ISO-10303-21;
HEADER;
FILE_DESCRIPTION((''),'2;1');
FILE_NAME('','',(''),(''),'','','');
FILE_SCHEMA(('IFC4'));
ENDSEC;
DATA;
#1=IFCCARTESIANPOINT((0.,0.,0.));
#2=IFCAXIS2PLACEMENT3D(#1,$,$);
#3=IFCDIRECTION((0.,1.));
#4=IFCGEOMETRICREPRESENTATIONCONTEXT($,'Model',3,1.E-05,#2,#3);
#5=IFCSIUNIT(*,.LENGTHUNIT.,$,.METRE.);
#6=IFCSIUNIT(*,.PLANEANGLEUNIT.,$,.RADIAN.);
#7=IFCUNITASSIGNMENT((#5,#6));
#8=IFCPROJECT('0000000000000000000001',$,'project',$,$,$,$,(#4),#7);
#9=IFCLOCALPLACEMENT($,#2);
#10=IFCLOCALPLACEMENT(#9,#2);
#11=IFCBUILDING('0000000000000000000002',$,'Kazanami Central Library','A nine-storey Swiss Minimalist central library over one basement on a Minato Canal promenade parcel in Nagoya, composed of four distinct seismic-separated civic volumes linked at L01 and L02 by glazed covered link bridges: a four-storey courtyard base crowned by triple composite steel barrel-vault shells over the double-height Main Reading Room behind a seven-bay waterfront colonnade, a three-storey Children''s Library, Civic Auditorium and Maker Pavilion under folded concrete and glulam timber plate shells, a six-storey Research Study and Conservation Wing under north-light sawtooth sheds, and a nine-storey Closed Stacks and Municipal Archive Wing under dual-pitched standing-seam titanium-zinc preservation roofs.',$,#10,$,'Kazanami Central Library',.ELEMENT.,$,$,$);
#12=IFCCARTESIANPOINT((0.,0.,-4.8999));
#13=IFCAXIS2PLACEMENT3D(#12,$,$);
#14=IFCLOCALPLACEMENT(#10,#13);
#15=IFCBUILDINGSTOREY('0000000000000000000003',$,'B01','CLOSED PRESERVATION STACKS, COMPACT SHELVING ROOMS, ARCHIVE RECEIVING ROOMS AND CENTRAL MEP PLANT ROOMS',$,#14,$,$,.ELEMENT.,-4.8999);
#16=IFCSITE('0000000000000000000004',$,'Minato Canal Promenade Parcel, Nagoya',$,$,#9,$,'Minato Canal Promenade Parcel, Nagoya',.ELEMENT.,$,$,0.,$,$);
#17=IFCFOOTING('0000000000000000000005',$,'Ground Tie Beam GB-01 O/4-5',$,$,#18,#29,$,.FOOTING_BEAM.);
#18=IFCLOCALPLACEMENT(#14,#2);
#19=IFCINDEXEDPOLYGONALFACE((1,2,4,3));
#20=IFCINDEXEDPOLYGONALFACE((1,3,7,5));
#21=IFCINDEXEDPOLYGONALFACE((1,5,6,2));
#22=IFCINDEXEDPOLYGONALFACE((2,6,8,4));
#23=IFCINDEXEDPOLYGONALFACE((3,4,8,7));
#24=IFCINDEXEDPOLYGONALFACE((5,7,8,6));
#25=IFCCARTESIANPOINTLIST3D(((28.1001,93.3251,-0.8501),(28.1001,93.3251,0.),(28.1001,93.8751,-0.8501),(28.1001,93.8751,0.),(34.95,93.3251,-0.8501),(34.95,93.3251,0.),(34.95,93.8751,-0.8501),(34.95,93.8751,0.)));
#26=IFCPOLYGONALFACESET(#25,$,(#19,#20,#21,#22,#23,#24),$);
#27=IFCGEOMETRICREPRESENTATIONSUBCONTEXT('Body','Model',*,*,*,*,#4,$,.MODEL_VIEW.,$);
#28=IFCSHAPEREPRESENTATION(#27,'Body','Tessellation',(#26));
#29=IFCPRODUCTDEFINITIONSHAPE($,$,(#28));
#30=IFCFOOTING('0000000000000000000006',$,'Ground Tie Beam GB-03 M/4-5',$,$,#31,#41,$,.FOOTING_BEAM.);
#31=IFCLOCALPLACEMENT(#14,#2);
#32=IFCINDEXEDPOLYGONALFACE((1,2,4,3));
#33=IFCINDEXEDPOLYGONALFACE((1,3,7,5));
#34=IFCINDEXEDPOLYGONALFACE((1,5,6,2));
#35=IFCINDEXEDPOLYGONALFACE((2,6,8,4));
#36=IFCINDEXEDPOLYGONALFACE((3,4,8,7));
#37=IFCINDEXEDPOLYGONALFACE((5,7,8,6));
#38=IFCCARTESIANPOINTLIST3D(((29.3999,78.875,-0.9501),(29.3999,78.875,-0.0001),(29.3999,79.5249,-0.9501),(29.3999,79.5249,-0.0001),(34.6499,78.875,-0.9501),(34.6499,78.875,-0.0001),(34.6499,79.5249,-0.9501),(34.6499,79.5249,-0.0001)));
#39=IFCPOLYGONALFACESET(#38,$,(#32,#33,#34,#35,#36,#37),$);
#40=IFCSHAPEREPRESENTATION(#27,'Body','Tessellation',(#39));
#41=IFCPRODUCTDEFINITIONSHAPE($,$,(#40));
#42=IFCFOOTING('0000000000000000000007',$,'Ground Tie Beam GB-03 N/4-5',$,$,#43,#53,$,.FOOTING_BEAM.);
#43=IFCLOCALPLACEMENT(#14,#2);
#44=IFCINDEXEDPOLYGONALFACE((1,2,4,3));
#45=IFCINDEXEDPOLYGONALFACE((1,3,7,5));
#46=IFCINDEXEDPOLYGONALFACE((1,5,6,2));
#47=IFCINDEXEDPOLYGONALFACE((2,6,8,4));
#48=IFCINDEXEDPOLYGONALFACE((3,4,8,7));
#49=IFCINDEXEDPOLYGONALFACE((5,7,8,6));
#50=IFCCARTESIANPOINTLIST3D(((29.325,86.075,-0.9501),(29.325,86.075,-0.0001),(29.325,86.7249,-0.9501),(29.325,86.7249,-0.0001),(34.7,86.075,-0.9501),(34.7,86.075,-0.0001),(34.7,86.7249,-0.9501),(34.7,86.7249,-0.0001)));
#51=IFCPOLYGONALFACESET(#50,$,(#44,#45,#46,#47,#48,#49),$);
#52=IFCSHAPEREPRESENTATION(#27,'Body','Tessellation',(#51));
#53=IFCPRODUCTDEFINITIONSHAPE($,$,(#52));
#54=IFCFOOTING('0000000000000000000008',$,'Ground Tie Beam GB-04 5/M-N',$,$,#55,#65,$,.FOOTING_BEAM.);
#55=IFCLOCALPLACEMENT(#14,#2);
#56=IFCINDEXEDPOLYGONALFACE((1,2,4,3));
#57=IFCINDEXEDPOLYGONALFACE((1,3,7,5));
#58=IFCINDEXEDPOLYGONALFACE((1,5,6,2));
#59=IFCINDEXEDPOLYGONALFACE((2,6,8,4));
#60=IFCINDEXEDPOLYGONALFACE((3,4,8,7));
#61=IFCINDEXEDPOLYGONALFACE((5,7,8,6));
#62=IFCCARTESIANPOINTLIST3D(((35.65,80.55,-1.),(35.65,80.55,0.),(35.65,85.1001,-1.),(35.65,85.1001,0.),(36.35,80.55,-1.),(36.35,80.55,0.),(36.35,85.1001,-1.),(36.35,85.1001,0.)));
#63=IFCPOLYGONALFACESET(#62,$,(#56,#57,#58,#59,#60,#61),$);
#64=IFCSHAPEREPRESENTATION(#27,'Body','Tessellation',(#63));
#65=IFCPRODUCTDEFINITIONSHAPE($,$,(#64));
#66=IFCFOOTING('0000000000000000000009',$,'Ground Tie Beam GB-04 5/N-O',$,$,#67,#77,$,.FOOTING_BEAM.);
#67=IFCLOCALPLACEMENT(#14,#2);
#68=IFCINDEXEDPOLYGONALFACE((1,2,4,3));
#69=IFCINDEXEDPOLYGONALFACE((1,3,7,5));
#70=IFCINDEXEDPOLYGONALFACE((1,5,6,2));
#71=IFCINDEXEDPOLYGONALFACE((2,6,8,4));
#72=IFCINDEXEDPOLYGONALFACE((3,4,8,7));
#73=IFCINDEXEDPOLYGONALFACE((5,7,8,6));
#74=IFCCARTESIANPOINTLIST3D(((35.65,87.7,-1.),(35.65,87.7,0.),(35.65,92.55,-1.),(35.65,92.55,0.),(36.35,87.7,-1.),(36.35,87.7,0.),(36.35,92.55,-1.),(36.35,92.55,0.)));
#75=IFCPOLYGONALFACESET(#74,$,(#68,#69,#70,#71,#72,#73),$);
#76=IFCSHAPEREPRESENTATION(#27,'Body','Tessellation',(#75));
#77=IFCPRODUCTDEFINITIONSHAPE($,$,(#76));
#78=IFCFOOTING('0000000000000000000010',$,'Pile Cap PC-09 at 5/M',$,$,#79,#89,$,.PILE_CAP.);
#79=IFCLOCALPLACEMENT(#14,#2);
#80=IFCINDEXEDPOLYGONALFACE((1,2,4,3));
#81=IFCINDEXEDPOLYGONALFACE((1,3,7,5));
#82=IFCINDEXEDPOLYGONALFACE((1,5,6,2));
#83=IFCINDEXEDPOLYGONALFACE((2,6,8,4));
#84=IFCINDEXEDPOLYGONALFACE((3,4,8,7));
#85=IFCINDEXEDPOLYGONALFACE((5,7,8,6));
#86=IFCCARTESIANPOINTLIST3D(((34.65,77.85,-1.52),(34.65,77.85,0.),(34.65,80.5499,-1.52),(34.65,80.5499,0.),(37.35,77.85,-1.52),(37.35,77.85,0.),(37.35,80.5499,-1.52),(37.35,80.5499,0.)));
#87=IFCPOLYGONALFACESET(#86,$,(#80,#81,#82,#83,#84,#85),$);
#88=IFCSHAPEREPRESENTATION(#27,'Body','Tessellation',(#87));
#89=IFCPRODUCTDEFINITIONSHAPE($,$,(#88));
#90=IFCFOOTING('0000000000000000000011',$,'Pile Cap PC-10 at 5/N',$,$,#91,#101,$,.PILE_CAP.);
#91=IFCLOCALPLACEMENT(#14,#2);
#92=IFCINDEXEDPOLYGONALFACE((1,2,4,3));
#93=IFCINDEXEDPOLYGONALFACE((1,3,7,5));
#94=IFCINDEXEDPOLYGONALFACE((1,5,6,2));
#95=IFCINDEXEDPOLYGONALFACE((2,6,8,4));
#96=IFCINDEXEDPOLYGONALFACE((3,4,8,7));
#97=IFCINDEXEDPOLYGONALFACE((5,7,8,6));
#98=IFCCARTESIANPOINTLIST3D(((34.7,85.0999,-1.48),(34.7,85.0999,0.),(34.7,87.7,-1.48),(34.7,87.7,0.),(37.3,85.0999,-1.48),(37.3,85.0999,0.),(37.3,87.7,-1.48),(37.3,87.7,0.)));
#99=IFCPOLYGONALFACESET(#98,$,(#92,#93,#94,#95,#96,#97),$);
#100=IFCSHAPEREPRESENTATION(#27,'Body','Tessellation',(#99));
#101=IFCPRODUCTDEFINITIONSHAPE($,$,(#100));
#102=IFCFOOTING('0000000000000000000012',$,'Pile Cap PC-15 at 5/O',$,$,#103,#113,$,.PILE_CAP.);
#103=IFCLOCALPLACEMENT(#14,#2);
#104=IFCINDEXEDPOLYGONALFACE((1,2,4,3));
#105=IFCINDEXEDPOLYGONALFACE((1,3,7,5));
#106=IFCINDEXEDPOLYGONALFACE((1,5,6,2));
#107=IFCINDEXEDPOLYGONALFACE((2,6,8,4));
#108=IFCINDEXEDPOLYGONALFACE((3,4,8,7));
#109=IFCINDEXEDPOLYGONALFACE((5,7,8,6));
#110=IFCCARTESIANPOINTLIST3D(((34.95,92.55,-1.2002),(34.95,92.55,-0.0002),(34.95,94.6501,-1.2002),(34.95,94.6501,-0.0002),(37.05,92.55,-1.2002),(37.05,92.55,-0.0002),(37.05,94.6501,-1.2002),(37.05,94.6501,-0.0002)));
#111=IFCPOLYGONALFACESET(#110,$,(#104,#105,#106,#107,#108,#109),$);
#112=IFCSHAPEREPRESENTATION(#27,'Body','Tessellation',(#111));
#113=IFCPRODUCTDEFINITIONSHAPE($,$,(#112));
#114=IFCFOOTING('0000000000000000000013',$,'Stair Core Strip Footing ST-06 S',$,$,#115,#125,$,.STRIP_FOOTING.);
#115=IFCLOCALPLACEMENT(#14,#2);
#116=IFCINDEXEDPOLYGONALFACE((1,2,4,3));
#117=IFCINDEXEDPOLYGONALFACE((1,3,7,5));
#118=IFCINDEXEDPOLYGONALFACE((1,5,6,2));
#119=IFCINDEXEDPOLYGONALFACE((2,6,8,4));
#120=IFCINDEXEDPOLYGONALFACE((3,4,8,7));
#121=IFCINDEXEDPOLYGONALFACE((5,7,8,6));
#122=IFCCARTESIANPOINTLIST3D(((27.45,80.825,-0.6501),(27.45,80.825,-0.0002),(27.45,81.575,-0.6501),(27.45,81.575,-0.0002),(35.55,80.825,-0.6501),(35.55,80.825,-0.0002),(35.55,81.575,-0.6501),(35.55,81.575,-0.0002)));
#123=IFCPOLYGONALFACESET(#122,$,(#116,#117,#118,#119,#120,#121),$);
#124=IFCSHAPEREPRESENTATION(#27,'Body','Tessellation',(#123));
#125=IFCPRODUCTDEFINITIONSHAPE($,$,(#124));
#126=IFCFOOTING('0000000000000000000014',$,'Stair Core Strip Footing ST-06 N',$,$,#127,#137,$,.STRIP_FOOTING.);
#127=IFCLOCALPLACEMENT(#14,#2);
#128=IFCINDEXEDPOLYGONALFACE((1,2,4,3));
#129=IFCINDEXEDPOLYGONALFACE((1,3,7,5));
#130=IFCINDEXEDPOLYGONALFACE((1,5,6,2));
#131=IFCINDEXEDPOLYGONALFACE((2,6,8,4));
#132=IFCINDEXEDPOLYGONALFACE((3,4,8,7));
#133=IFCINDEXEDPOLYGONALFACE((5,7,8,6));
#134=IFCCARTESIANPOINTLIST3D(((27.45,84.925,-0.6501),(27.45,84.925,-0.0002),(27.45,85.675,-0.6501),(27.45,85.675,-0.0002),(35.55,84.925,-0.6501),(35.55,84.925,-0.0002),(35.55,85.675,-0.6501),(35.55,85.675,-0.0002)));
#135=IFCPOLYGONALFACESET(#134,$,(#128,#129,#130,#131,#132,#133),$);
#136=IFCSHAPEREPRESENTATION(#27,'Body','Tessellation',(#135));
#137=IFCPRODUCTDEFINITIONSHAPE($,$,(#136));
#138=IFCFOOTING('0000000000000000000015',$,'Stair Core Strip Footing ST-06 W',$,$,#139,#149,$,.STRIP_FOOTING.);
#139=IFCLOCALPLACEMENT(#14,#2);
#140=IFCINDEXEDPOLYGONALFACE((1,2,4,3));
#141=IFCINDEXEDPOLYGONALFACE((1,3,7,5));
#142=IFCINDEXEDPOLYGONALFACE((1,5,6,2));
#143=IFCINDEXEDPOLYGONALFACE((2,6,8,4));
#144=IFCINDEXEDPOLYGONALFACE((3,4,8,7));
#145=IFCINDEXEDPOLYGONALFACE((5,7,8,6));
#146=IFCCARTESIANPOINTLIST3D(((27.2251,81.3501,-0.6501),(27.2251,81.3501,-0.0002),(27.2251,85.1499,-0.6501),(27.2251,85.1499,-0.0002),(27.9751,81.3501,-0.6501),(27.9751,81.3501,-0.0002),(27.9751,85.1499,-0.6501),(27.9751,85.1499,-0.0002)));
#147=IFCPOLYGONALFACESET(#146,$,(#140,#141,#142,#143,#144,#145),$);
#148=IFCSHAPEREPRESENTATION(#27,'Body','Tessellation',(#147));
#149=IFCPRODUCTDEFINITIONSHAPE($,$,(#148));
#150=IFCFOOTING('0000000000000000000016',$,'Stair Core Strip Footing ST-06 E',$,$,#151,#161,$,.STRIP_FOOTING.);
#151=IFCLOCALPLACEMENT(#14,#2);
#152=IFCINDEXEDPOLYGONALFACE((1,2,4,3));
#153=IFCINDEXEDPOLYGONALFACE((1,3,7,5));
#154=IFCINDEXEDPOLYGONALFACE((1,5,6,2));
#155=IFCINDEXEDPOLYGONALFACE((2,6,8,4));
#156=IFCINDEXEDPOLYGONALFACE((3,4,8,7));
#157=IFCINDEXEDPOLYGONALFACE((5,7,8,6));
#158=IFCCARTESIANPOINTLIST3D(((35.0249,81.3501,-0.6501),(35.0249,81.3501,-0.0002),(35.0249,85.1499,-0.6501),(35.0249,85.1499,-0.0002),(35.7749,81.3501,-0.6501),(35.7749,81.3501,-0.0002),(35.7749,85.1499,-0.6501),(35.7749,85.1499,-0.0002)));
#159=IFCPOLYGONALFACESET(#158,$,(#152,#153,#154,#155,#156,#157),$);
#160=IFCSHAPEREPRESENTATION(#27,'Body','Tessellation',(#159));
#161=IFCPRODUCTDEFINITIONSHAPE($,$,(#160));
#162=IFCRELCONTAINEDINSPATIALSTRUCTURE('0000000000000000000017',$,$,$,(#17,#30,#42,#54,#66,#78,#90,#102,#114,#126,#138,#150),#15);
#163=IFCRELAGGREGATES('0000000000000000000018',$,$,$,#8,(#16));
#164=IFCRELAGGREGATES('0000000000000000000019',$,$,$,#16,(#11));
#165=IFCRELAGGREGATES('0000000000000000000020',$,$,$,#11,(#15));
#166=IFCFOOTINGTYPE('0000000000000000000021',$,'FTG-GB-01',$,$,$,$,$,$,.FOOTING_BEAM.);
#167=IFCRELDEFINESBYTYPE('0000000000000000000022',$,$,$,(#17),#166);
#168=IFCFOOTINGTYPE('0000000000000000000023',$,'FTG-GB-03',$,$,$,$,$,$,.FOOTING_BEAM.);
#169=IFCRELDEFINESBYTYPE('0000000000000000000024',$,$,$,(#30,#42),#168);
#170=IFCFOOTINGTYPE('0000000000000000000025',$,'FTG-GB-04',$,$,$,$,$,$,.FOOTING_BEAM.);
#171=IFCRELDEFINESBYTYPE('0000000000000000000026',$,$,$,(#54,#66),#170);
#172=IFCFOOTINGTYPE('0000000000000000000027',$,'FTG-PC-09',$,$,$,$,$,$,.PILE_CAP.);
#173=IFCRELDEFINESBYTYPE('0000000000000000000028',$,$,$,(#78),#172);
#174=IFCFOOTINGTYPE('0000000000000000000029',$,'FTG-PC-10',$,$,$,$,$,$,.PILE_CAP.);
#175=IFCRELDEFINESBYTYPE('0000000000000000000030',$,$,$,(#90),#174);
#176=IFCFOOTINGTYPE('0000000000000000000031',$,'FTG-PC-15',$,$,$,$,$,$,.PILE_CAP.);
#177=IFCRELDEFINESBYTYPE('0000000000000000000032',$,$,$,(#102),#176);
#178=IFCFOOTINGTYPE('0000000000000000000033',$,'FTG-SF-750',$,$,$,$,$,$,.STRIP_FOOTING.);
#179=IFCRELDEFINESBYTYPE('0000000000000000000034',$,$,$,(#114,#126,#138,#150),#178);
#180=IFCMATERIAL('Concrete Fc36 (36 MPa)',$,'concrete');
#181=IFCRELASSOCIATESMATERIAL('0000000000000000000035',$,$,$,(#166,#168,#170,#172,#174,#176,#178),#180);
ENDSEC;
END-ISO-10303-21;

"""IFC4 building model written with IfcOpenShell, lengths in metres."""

from ifc_helpers import new_model, si_unit, direction, frame, origin, origin_2d, place, context, subcontext, project, spatial, rectangle, extrude, material, material_profile, profile_set, type_object, element, save


model = new_model("IFC4")

# Units and contexts
model_context = context("Model", 3, precision=1e-05, world=origin(), true_north=direction((0.0, 1.0)))
body_context = subcontext(model_context, "Body", "Model", "MODEL_VIEW")
ifc_project = project(units=[si_unit("LENGTHUNIT", "METRE"), si_unit("PLANEANGLEUNIT", "RADIAN")], contexts=[model_context])

# Site, building, storey
site_placement = place(None, origin())
site = spatial("IfcSite", under=ifc_project, at=site_placement, Name="Minato Canal Promenade Parcel, Nagoya", LongName="Minato Canal Promenade Parcel, Nagoya", CompositionType="ELEMENT", RefElevation=0.0)
building_placement = place(site_placement, origin())
building = spatial("IfcBuilding", under=site, at=building_placement, Name="Kazanami Central Library", Description="A nine-storey Swiss Minimalist central library over one basement on a Minato Canal promenade parcel in Nagoya, composed of four distinct seismic-separated civic volumes linked at L01 and L02 by glazed covered link bridges: a four-storey courtyard base crowned by triple composite steel barrel-vault shells over the double-height Main Reading Room behind a seven-bay waterfront colonnade, a three-storey Children's Library, Civic Auditorium and Maker Pavilion under folded concrete and glulam timber plate shells, a six-storey Research Study and Conservation Wing under north-light sawtooth sheds, and a nine-storey Closed Stacks and Municipal Archive Wing under dual-pitched standing-seam titanium-zinc preservation roofs.", LongName="Kazanami Central Library", CompositionType="ELEMENT")
storey_placement = place(building_placement, frame((0.0, 0.0, -4.8999)))
storey = spatial("IfcBuildingStorey", under=building, at=storey_placement, Name="B01", Description="CLOSED PRESERVATION STACKS, COMPACT SHELVING ROOMS, ARCHIVE RECEIVING ROOMS AND CENTRAL MEP PLANT ROOMS", CompositionType="ELEMENT", Elevation=-4.8999)

# Footings
ifc_material_1 = material(Name="Concrete Fc36 (36 MPa)", Category="concrete")
ifc_material_profile_1 = material_profile(ifc_material_1, rectangle(XDim=0.55, YDim=0.8501, at=origin_2d()), Name="RC-550x850")
ifc_profile_set_1 = profile_set([ifc_material_profile_1], Name="Concrete Fc36 (36 MPa)")
footing_type_1 = type_object("IfcFootingType", Name="FTG-GB-01", PredefinedType="FOOTING_BEAM", material=ifc_profile_set_1)
footing_1_placement = place(storey_placement, frame((28.1001, 93.6001, -0.425), z_axis=(1.0, 0.0, 0.0), x_axis=(0.0, 1.0, 0.0)))
element("IfcFooting", 1, at=footing_1_placement, inside=storey, type_object=footing_type_1, Name="Ground Tie Beam GB-01 O/4-5", PredefinedType="FOOTING_BEAM", context=body_context, shape_type="SweptSolid", body=[
    extrude(rectangle(XDim=0.55, YDim=0.8501, at=origin_2d()), origin(), (0.0, 0.0, 1.0), 6.8499),
])
ifc_material_profile_2 = material_profile(ifc_material_1, rectangle(XDim=0.6499, YDim=0.95, at=origin_2d()), Name="RC-650x950")
ifc_profile_set_2 = profile_set([ifc_material_profile_2], Name="Concrete Fc36 (36 MPa)")
footing_type_2 = type_object("IfcFootingType", Name="FTG-GB-03", PredefinedType="FOOTING_BEAM", material=ifc_profile_set_2)
footing_2_placement = place(storey_placement, frame((29.3999, 79.2, -0.4751), z_axis=(1.0, 0.0, 0.0), x_axis=(0.0, 1.0, 0.0)))
element("IfcFooting", 2, at=footing_2_placement, inside=storey, type_object=footing_type_2, Name="Ground Tie Beam GB-03 M/4-5", PredefinedType="FOOTING_BEAM", context=body_context, shape_type="SweptSolid", body=[
    extrude(rectangle(XDim=0.6499, YDim=0.95, at=origin_2d()), origin(), (0.0, 0.0, 1.0), 5.25),
])
footing_3_placement = place(storey_placement, frame((29.325, 86.3999, -0.4751), z_axis=(1.0, 0.0, 0.0), x_axis=(0.0, 1.0, 0.0)))
element("IfcFooting", 3, at=footing_3_placement, inside=storey, type_object=footing_type_2, Name="Ground Tie Beam GB-03 N/4-5", PredefinedType="FOOTING_BEAM", context=body_context, shape_type="SweptSolid", body=[
    extrude(rectangle(XDim=0.6499, YDim=0.95, at=origin_2d()), origin(), (0.0, 0.0, 1.0), 5.375),
])
ifc_material_profile_3 = material_profile(ifc_material_1, rectangle(XDim=0.7, YDim=1.0, at=origin_2d()), Name="RC-700x1000")
ifc_profile_set_3 = profile_set([ifc_material_profile_3], Name="Concrete Fc36 (36 MPa)")
footing_type_3 = type_object("IfcFootingType", Name="FTG-GB-04", PredefinedType="FOOTING_BEAM", material=ifc_profile_set_3)
footing_4_placement = place(storey_placement, frame((36.0, 80.55, -0.5), z_axis=(0.0, 1.0, 0.0), x_axis=(-1.0, 0.0, 0.0)))
element("IfcFooting", 4, at=footing_4_placement, inside=storey, type_object=footing_type_3, Name="Ground Tie Beam GB-04 5/M-N", PredefinedType="FOOTING_BEAM", context=body_context, shape_type="SweptSolid", body=[
    extrude(rectangle(XDim=0.7, YDim=1.0, at=origin_2d()), origin(), (0.0, 0.0, 1.0), 4.55),
])
footing_5_placement = place(storey_placement, frame((36.0, 87.7, -0.5), z_axis=(0.0, 1.0, 0.0), x_axis=(-1.0, 0.0, 0.0)))
element("IfcFooting", 5, at=footing_5_placement, inside=storey, type_object=footing_type_3, Name="Ground Tie Beam GB-04 5/N-O", PredefinedType="FOOTING_BEAM", context=body_context, shape_type="SweptSolid", body=[
    extrude(rectangle(XDim=0.7, YDim=1.0, at=origin_2d()), origin(), (0.0, 0.0, 1.0), 4.8501),
])
footing_type_4 = type_object("IfcFootingType", Name="FTG-PC-09", PredefinedType="PILE_CAP", material=ifc_material_1)
footing_6_placement = place(storey_placement, frame((36.0, 79.2, -1.52), z_axis=(0.0, 0.0, 1.0), x_axis=(1.0, 0.0, 0.0)))
element("IfcFooting", 6, at=footing_6_placement, inside=storey, type_object=footing_type_4, Name="Pile Cap PC-09 at 5/M", PredefinedType="PILE_CAP", context=body_context, shape_type="SweptSolid", body=[
    extrude(rectangle(XDim=2.7, YDim=2.7, at=origin_2d()), origin(), (0.0, 0.0, 1.0), 1.52),
])
footing_type_5 = type_object("IfcFootingType", Name="FTG-PC-10", PredefinedType="PILE_CAP", material=ifc_material_1)
footing_7_placement = place(storey_placement, frame((36.0, 86.3999, -1.48), z_axis=(0.0, 0.0, 1.0), x_axis=(1.0, 0.0, 0.0)))
element("IfcFooting", 7, at=footing_7_placement, inside=storey, type_object=footing_type_5, Name="Pile Cap PC-10 at 5/N", PredefinedType="PILE_CAP", context=body_context, shape_type="SweptSolid", body=[
    extrude(rectangle(XDim=2.6001, YDim=2.6001, at=origin_2d()), origin(), (0.0, 0.0, 1.0), 1.48),
])
footing_type_6 = type_object("IfcFootingType", Name="FTG-PC-15", PredefinedType="PILE_CAP", material=ifc_material_1)
footing_8_placement = place(storey_placement, frame((36.0, 93.6001, -1.2002), z_axis=(0.0, 0.0, 1.0), x_axis=(1.0, 0.0, 0.0)))
element("IfcFooting", 8, at=footing_8_placement, inside=storey, type_object=footing_type_6, Name="Pile Cap PC-15 at 5/O", PredefinedType="PILE_CAP", context=body_context, shape_type="SweptSolid", body=[
    extrude(rectangle(XDim=2.1001, YDim=2.1001, at=origin_2d()), origin(), (0.0, 0.0, 1.0), 1.2),
])
ifc_material_profile_4 = material_profile(ifc_material_1, rectangle(XDim=0.75, YDim=0.6499, at=origin_2d()), Name="RC-750x650")
ifc_profile_set_4 = profile_set([ifc_material_profile_4], Name="Concrete Fc36 (36 MPa)")
footing_type_7 = type_object("IfcFootingType", Name="FTG-SF-750", PredefinedType="STRIP_FOOTING", material=ifc_profile_set_4)
for number, where, z_axis, x_axis, name in (
    (9, (27.45, 81.2, -0.3252), (1.0, 0.0, 0.0), (0.0, 1.0, 0.0), "Stair Core Strip Footing ST-06 S"),
    (10, (27.45, 85.3, -0.3252), (1.0, 0.0, 0.0), (0.0, 1.0, 0.0), "Stair Core Strip Footing ST-06 N"),
):
    element("IfcFooting", number, at=place(storey_placement, frame(where, z_axis=z_axis, x_axis=x_axis)), inside=storey, type_object=footing_type_7, Name=name, PredefinedType="STRIP_FOOTING", context=body_context, shape_type="SweptSolid", body=[
        extrude(rectangle(XDim=0.75, YDim=0.6499, at=origin_2d()), origin(), (0.0, 0.0, 1.0), 8.1001),
    ])
for number, where, z_axis, x_axis, name in (
    (11, (27.6001, 81.3501, -0.3252), (0.0, 1.0, 0.0), (-1.0, 0.0, 0.0), "Stair Core Strip Footing ST-06 W"),
    (12, (35.3999, 81.3501, -0.3252), (0.0, 1.0, 0.0), (-1.0, 0.0, 0.0), "Stair Core Strip Footing ST-06 E"),
):
    element("IfcFooting", number, at=place(storey_placement, frame(where, z_axis=z_axis, x_axis=x_axis)), inside=storey, type_object=footing_type_7, Name=name, PredefinedType="STRIP_FOOTING", context=body_context, shape_type="SweptSolid", body=[
        extrude(rectangle(XDim=0.75, YDim=0.6499, at=origin_2d()), origin(), (0.0, 0.0, 1.0), 3.7998),
    ])

save(model, "model.ifc")
